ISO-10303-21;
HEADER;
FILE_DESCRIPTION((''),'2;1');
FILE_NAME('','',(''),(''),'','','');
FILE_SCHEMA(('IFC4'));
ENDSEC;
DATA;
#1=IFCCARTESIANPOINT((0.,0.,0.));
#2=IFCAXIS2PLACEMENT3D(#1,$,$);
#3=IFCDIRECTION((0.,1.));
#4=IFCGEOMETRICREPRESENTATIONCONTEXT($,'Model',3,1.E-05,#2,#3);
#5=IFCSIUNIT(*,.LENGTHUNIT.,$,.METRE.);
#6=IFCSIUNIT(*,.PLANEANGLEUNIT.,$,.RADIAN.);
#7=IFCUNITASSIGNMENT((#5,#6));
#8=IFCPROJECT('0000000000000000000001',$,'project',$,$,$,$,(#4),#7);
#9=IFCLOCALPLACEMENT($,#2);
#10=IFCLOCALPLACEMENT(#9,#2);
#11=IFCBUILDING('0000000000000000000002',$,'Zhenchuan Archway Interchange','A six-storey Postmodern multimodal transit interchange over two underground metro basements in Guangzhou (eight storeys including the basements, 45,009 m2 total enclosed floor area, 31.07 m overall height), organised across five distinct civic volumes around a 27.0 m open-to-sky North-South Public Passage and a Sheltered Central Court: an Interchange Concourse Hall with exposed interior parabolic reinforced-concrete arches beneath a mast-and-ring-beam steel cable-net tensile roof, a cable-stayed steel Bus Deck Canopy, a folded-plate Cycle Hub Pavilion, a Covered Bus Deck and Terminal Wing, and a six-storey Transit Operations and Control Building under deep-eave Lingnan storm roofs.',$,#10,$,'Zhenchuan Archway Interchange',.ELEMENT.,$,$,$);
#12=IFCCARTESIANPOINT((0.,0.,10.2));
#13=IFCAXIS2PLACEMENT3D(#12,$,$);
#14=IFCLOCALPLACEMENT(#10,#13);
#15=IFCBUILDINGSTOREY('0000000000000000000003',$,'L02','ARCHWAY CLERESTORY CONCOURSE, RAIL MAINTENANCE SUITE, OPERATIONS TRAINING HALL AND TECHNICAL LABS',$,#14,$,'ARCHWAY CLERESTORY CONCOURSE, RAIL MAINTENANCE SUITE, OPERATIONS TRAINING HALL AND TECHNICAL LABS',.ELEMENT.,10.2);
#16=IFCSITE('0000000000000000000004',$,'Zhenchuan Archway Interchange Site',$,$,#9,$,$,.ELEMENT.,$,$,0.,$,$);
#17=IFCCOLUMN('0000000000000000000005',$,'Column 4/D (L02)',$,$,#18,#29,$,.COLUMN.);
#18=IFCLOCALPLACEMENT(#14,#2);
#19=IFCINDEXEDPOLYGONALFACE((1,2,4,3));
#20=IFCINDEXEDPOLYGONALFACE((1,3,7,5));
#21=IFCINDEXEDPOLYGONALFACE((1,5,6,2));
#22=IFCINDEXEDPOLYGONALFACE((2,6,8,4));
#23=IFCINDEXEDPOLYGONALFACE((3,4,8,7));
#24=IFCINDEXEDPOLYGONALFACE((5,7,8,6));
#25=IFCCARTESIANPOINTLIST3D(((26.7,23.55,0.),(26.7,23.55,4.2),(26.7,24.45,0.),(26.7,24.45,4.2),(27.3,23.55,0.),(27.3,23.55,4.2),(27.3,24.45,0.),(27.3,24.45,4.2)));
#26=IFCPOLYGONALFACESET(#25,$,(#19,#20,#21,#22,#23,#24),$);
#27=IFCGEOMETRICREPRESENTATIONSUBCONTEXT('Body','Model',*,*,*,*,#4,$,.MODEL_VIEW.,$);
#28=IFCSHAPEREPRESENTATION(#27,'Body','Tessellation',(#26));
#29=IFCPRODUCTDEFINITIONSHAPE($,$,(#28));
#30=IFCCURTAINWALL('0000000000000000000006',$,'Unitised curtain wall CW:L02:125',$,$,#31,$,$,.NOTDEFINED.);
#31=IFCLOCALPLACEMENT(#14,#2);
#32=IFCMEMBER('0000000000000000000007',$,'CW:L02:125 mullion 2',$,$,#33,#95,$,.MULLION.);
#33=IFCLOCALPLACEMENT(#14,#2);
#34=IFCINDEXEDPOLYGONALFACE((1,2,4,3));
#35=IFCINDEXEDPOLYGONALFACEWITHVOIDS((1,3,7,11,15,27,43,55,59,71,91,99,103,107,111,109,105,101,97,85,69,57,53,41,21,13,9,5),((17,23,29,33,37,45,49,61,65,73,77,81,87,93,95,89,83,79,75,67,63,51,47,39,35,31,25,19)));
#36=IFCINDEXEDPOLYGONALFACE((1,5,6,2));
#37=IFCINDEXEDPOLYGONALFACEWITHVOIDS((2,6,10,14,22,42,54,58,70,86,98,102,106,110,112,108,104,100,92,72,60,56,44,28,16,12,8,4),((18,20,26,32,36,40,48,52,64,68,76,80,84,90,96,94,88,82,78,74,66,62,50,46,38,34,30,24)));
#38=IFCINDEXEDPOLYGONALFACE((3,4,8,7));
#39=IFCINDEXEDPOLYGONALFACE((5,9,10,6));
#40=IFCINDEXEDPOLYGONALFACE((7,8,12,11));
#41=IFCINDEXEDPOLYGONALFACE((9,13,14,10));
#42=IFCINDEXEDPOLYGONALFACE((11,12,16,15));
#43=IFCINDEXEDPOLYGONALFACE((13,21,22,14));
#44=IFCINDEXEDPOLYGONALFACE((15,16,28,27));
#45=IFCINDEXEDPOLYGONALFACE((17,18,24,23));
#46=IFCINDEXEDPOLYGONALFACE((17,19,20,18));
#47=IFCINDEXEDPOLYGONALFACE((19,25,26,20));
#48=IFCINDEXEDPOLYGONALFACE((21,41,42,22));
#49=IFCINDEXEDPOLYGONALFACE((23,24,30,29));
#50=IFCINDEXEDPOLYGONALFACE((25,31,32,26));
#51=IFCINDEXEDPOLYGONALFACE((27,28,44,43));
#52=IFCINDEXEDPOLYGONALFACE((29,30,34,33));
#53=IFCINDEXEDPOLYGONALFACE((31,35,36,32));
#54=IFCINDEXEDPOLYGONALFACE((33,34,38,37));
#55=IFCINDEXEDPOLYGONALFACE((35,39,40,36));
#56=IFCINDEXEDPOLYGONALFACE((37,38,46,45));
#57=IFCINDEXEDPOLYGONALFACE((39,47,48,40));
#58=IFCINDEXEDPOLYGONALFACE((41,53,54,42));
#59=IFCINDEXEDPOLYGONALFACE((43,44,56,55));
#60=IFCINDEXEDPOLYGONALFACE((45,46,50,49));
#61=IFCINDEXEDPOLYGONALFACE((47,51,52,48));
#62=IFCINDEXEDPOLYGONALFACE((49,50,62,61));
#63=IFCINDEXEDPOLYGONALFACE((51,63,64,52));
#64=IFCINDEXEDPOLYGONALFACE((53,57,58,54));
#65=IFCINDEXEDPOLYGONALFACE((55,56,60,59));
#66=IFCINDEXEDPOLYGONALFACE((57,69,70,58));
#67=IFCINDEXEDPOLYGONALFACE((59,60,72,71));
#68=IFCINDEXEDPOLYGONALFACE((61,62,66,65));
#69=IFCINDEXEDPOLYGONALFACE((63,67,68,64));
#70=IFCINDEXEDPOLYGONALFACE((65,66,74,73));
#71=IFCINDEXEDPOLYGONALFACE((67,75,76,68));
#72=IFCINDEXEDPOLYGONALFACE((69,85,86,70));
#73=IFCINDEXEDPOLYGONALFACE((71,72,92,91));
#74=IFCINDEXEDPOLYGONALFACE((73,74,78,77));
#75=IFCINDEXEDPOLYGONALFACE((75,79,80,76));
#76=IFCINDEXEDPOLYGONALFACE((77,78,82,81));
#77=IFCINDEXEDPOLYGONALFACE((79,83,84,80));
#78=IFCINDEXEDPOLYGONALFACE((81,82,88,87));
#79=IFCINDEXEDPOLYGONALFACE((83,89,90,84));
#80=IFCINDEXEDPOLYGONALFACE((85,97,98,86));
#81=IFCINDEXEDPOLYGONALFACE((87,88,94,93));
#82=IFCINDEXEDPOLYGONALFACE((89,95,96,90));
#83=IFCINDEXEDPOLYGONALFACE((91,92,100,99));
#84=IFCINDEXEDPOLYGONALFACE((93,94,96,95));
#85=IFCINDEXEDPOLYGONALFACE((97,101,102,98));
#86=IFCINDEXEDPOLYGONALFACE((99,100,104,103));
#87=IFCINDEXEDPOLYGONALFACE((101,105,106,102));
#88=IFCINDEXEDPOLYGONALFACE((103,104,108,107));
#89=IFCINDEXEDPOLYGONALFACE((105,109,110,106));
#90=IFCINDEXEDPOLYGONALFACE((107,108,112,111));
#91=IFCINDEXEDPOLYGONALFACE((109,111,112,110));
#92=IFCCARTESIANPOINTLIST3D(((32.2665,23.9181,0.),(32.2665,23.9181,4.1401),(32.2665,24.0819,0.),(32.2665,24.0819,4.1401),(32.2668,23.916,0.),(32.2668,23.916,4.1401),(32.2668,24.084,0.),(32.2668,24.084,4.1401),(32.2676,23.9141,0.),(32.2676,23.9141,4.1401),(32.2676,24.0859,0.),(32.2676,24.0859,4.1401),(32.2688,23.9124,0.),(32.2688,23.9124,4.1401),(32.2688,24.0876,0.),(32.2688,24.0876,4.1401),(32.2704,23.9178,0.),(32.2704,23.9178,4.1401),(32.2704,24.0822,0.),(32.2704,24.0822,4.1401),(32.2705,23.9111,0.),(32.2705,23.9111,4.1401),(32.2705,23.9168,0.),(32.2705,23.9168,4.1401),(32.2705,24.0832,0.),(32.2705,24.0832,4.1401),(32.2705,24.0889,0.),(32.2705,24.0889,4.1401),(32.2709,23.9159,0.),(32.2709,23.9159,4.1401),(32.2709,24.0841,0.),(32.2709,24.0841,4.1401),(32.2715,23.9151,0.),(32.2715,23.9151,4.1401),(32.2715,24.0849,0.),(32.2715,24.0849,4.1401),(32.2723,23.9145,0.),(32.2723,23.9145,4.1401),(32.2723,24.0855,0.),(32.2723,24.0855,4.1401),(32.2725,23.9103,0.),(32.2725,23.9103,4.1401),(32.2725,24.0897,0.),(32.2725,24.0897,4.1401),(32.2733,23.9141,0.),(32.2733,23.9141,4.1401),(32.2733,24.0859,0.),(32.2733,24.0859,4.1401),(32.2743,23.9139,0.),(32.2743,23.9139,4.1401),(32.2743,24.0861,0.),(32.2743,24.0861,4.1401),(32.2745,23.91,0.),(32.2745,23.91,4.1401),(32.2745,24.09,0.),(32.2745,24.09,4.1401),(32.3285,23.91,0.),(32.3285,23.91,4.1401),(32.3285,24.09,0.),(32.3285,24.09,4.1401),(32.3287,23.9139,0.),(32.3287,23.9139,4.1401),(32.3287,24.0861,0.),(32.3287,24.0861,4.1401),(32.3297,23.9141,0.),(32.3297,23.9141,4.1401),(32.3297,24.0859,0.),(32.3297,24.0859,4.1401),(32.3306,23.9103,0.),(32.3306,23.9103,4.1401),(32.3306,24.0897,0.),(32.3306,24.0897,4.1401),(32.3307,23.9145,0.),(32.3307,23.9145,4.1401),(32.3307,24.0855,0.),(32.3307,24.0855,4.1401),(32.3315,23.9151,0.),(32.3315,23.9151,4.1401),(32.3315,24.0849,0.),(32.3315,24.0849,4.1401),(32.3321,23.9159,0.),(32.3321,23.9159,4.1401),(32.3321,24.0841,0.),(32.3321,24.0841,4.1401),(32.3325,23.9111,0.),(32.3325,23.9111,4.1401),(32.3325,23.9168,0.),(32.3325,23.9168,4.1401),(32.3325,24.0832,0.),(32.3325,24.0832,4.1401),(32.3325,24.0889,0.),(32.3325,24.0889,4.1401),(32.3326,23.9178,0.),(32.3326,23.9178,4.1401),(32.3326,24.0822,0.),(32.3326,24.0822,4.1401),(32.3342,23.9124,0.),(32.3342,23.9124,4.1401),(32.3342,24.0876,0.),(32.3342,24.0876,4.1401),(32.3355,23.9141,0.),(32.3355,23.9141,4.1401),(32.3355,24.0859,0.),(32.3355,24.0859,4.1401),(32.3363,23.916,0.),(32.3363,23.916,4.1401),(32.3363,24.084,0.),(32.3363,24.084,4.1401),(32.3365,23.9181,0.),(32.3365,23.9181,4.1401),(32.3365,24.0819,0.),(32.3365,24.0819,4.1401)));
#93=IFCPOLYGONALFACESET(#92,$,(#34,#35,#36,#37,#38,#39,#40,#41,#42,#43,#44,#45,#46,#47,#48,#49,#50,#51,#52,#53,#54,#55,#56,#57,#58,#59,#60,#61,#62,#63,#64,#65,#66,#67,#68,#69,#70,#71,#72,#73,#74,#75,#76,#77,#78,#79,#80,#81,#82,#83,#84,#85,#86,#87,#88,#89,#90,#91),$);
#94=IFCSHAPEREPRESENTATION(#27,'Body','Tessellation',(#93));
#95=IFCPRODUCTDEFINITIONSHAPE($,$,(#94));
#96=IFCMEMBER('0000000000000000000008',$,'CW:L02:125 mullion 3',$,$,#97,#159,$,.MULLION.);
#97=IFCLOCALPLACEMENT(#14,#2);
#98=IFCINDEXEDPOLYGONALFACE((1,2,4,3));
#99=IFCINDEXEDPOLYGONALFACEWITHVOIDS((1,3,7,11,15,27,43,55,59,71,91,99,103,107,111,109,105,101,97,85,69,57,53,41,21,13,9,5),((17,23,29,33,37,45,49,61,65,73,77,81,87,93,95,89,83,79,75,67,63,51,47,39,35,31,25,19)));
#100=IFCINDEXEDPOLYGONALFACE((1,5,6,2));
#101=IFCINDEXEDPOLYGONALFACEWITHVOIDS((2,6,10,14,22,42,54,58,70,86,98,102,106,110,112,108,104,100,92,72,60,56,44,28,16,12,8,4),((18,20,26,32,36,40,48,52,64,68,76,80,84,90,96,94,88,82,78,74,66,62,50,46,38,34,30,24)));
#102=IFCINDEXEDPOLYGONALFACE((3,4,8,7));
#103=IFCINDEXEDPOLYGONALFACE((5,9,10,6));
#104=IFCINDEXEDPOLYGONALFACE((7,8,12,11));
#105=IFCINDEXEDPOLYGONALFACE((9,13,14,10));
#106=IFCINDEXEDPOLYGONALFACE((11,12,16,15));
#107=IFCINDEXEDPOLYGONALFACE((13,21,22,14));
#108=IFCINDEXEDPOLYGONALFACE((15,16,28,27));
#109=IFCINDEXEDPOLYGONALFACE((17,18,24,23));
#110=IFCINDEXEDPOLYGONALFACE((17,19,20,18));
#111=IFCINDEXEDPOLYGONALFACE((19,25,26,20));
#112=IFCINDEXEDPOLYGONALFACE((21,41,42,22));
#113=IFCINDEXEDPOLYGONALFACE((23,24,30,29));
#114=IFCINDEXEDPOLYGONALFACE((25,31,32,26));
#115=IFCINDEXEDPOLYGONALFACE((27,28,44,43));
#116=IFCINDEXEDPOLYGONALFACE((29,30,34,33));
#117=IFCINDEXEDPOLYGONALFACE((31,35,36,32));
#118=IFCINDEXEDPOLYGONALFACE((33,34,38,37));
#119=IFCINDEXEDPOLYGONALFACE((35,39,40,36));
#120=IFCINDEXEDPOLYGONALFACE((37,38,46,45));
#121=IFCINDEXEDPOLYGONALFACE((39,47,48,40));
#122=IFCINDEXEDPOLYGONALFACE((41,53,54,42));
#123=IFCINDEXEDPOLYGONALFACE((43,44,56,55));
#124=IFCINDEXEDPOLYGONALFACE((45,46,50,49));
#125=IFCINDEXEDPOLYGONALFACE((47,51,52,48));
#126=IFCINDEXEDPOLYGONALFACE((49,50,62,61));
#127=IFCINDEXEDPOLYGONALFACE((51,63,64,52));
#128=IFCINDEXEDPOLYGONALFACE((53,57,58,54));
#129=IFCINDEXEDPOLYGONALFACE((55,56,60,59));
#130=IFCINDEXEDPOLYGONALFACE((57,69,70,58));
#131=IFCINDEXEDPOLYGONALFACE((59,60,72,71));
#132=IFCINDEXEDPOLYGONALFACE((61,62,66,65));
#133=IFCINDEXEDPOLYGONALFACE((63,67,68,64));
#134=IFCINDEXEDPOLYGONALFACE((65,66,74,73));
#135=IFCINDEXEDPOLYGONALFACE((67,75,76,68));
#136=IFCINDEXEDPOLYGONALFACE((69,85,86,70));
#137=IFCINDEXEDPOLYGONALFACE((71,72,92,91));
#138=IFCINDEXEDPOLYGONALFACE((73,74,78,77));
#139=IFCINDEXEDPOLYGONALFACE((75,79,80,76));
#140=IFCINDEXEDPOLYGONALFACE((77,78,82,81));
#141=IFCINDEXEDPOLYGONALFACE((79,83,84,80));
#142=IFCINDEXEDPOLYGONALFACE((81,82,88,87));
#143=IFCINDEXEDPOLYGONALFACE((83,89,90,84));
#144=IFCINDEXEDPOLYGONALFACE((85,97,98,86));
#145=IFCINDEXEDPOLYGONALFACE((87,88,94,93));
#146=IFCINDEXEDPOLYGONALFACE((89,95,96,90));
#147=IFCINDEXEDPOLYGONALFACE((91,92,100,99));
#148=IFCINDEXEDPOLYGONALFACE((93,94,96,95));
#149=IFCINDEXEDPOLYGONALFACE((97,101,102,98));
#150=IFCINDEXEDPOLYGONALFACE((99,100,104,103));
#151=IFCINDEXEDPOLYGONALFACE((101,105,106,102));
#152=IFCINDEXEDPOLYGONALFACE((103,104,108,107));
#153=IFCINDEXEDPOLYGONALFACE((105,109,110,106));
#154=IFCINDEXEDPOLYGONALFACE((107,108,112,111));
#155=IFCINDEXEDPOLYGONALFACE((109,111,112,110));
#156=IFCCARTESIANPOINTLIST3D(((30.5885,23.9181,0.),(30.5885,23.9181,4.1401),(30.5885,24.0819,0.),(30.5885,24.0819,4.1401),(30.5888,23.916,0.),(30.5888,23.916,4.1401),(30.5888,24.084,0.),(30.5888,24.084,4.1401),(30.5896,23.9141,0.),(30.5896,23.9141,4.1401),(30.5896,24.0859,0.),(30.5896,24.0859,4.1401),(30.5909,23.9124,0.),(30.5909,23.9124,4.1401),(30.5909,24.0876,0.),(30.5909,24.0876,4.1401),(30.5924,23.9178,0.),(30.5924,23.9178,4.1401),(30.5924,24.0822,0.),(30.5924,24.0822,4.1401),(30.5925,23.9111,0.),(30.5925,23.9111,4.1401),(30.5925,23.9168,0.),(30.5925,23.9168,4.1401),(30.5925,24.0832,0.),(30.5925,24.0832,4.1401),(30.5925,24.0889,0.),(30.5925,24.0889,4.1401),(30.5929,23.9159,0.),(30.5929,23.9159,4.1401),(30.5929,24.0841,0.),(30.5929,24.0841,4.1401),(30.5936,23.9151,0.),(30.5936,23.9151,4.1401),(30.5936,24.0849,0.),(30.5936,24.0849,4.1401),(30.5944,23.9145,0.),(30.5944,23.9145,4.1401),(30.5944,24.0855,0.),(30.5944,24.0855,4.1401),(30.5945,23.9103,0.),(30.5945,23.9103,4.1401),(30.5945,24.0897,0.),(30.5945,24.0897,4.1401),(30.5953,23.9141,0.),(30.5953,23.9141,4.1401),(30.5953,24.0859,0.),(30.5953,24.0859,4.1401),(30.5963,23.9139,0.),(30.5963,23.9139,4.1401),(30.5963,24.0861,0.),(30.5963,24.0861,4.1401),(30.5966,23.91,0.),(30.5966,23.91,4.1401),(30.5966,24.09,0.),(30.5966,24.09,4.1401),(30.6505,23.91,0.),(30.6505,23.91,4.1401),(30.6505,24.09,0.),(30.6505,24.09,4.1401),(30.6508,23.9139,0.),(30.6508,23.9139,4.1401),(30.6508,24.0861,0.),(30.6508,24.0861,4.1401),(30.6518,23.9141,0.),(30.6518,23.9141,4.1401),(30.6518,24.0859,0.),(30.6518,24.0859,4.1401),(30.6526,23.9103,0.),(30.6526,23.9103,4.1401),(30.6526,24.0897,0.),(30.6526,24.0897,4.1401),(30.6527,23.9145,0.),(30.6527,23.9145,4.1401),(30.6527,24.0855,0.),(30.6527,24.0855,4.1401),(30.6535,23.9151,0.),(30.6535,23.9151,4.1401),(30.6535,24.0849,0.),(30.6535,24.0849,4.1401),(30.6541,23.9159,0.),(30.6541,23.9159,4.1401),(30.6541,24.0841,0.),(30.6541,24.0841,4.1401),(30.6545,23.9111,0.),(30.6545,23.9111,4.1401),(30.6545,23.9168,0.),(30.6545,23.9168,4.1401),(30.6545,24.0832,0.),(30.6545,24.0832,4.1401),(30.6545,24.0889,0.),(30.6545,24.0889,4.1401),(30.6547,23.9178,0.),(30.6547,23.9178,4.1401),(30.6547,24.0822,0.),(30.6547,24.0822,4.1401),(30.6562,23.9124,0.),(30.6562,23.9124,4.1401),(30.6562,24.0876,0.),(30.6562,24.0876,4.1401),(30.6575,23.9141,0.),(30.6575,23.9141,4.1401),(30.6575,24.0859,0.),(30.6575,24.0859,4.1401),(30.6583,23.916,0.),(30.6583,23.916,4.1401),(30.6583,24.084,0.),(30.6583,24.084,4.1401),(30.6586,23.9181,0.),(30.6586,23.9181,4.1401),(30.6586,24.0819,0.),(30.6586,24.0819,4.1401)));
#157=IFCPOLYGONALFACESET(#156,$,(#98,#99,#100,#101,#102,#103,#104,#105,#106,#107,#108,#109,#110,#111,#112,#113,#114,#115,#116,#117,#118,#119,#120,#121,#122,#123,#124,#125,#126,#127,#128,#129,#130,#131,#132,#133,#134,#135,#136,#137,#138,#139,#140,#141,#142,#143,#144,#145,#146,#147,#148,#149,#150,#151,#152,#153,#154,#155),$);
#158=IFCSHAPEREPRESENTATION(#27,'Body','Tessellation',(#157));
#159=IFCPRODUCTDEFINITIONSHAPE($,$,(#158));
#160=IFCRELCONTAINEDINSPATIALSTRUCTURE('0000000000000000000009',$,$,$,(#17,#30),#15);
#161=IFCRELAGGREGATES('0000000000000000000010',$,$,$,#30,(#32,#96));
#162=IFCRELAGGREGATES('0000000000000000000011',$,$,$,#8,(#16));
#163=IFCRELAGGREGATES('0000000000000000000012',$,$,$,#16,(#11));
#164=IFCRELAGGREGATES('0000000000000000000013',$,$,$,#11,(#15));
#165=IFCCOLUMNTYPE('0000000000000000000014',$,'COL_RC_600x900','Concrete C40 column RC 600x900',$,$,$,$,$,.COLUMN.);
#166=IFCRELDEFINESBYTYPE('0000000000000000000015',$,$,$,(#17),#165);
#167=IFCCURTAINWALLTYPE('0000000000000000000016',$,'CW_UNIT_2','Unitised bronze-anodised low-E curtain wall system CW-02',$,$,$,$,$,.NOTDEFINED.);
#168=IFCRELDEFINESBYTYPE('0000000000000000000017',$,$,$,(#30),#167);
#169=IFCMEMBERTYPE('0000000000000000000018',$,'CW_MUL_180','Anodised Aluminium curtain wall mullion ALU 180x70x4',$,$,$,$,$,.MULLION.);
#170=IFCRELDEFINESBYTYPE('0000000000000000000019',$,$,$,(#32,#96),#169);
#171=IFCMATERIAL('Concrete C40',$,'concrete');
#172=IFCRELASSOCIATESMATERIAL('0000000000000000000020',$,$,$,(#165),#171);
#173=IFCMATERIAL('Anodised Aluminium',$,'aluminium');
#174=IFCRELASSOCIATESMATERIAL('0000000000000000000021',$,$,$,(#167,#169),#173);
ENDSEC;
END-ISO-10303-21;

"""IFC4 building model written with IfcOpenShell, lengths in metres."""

from ifc_helpers import new_model, si_unit, direction, frame, origin, origin_2d, place, context, subcontext, project, spatial, rectangle, hollow_rectangle, extrude, material, material_profile, profile_set, type_object, element, aggregate, save


model = new_model("IFC4")

# Units and contexts
model_context = context("Model", 3, precision=1e-05, world=origin(), true_north=direction((0.0, 1.0)))
body_context = subcontext(model_context, "Body", "Model", "MODEL_VIEW")
ifc_project = project(units=[si_unit("LENGTHUNIT", "METRE"), si_unit("PLANEANGLEUNIT", "RADIAN")], contexts=[model_context])

# Site, building, storey
site_placement = place(None, origin())
site = spatial("IfcSite", under=ifc_project, at=site_placement, Name="Zhenchuan Archway Interchange Site", CompositionType="ELEMENT", RefElevation=0.0)
building_placement = place(site_placement, origin())
building = spatial("IfcBuilding", under=site, at=building_placement, Name="Zhenchuan Archway Interchange", Description="A six-storey Postmodern multimodal transit interchange over two underground metro basements in Guangzhou (eight storeys including the basements, 45,009 m2 total enclosed floor area, 31.07 m overall height), organised across five distinct civic volumes around a 27.0 m open-to-sky North-South Public Passage and a Sheltered Central Court: an Interchange Concourse Hall with exposed interior parabolic reinforced-concrete arches beneath a mast-and-ring-beam steel cable-net tensile roof, a cable-stayed steel Bus Deck Canopy, a folded-plate Cycle Hub Pavilion, a Covered Bus Deck and Terminal Wing, and a six-storey Transit Operations and Control Building under deep-eave Lingnan storm roofs.", LongName="Zhenchuan Archway Interchange", CompositionType="ELEMENT")
storey_placement = place(building_placement, frame((0.0, 0.0, 10.2)))
storey = spatial("IfcBuildingStorey", under=building, at=storey_placement, Name="L02", Description="ARCHWAY CLERESTORY CONCOURSE, RAIL MAINTENANCE SUITE, OPERATIONS TRAINING HALL AND TECHNICAL LABS", LongName="ARCHWAY CLERESTORY CONCOURSE, RAIL MAINTENANCE SUITE, OPERATIONS TRAINING HALL AND TECHNICAL LABS", CompositionType="ELEMENT", Elevation=10.2)

# Column
ifc_material_1 = material(Name="Concrete C40", Category="concrete")
ifc_material_profile_1 = material_profile(ifc_material_1, rectangle(XDim=0.6001, YDim=0.8999, at=origin_2d()), Name="RC 600x900")
ifc_profile_set_1 = profile_set([ifc_material_profile_1], Name="Concrete C40")
column_type = type_object("IfcColumnType", Name="COL_RC_600x900", Description="Concrete C40 column RC 600x900", PredefinedType="COLUMN", material=ifc_profile_set_1)
column_placement = place(storey_placement, frame((27.0, 24.0, 0.0), z_axis=(0.0, 0.0, 1.0), x_axis=(1.0, 0.0, 0.0)))
element("IfcColumn", 1, at=column_placement, inside=storey, type_object=column_type, Name="Column 4/D (L02)", PredefinedType="COLUMN", context=body_context, shape_type="SweptSolid", body=[
    extrude(rectangle(XDim=0.6001, YDim=0.8999, at=origin_2d()), origin(), (0.0, 0.0, 1.0), 4.2),
])

# Curtain wall, members
ifc_material_2 = material(Name="Anodised Aluminium", Category="aluminium")
curtain_wall_type = type_object("IfcCurtainWallType", Name="CW_UNIT_2", Description="Unitised bronze-anodised low-E curtain wall system CW-02", PredefinedType="NOTDEFINED", material=ifc_material_2)
curtain_wall_placement = place(storey_placement, origin())
curtain_wall = element("IfcCurtainWall", 2, at=curtain_wall_placement, inside=storey, type_object=curtain_wall_type, Name="Unitised curtain wall CW:L02:125", PredefinedType="NOTDEFINED")
ifc_material_profile_2 = material_profile(ifc_material_2, hollow_rectangle(XDim=0.0701, YDim=0.1799, WallThickness=0.0039, InnerFilletRadius=0.0039, OuterFilletRadius=0.0081, at=origin_2d()), Name="ALU 180x70x4")
ifc_profile_set_2 = profile_set([ifc_material_profile_2], Name="Anodised Aluminium")
member_type_1 = type_object("IfcMemberType", Name="CW_MUL_180", Description="Anodised Aluminium curtain wall mullion ALU 180x70x4", PredefinedType="MULLION", material=ifc_profile_set_2)
member_1_placement = place(storey_placement, frame((32.3015, 24.0, 0.0), z_axis=(0.0, 0.0, 1.0), x_axis=(1.0, 0.0, 0.0)))
member_1 = element("IfcMember", 3, at=member_1_placement, type_object=member_type_1, Name="CW:L02:125 mullion 2", PredefinedType="MULLION", context=body_context, shape_type="SweptSolid", body=[
    extrude(hollow_rectangle(XDim=0.0701, YDim=0.1799, WallThickness=0.0039, InnerFilletRadius=0.0039, OuterFilletRadius=0.0081, at=origin_2d()), origin(), (0.0, 0.0, 1.0), 4.1401),
])
member_2_placement = place(storey_placement, frame((30.6235, 24.0, 0.0), z_axis=(0.0, 0.0, 1.0), x_axis=(1.0, 0.0, 0.0)))
member_2 = element("IfcMember", 4, at=member_2_placement, type_object=member_type_1, Name="CW:L02:125 mullion 3", PredefinedType="MULLION", context=body_context, shape_type="SweptSolid", body=[
    extrude(hollow_rectangle(XDim=0.0701, YDim=0.1799, WallThickness=0.0039, InnerFilletRadius=0.0039, OuterFilletRadius=0.0081, at=origin_2d()), origin(), (0.0, 0.0, 1.0), 4.1401),
])

aggregate(curtain_wall, [member_1, member_2])

save(model, "model.ifc")
